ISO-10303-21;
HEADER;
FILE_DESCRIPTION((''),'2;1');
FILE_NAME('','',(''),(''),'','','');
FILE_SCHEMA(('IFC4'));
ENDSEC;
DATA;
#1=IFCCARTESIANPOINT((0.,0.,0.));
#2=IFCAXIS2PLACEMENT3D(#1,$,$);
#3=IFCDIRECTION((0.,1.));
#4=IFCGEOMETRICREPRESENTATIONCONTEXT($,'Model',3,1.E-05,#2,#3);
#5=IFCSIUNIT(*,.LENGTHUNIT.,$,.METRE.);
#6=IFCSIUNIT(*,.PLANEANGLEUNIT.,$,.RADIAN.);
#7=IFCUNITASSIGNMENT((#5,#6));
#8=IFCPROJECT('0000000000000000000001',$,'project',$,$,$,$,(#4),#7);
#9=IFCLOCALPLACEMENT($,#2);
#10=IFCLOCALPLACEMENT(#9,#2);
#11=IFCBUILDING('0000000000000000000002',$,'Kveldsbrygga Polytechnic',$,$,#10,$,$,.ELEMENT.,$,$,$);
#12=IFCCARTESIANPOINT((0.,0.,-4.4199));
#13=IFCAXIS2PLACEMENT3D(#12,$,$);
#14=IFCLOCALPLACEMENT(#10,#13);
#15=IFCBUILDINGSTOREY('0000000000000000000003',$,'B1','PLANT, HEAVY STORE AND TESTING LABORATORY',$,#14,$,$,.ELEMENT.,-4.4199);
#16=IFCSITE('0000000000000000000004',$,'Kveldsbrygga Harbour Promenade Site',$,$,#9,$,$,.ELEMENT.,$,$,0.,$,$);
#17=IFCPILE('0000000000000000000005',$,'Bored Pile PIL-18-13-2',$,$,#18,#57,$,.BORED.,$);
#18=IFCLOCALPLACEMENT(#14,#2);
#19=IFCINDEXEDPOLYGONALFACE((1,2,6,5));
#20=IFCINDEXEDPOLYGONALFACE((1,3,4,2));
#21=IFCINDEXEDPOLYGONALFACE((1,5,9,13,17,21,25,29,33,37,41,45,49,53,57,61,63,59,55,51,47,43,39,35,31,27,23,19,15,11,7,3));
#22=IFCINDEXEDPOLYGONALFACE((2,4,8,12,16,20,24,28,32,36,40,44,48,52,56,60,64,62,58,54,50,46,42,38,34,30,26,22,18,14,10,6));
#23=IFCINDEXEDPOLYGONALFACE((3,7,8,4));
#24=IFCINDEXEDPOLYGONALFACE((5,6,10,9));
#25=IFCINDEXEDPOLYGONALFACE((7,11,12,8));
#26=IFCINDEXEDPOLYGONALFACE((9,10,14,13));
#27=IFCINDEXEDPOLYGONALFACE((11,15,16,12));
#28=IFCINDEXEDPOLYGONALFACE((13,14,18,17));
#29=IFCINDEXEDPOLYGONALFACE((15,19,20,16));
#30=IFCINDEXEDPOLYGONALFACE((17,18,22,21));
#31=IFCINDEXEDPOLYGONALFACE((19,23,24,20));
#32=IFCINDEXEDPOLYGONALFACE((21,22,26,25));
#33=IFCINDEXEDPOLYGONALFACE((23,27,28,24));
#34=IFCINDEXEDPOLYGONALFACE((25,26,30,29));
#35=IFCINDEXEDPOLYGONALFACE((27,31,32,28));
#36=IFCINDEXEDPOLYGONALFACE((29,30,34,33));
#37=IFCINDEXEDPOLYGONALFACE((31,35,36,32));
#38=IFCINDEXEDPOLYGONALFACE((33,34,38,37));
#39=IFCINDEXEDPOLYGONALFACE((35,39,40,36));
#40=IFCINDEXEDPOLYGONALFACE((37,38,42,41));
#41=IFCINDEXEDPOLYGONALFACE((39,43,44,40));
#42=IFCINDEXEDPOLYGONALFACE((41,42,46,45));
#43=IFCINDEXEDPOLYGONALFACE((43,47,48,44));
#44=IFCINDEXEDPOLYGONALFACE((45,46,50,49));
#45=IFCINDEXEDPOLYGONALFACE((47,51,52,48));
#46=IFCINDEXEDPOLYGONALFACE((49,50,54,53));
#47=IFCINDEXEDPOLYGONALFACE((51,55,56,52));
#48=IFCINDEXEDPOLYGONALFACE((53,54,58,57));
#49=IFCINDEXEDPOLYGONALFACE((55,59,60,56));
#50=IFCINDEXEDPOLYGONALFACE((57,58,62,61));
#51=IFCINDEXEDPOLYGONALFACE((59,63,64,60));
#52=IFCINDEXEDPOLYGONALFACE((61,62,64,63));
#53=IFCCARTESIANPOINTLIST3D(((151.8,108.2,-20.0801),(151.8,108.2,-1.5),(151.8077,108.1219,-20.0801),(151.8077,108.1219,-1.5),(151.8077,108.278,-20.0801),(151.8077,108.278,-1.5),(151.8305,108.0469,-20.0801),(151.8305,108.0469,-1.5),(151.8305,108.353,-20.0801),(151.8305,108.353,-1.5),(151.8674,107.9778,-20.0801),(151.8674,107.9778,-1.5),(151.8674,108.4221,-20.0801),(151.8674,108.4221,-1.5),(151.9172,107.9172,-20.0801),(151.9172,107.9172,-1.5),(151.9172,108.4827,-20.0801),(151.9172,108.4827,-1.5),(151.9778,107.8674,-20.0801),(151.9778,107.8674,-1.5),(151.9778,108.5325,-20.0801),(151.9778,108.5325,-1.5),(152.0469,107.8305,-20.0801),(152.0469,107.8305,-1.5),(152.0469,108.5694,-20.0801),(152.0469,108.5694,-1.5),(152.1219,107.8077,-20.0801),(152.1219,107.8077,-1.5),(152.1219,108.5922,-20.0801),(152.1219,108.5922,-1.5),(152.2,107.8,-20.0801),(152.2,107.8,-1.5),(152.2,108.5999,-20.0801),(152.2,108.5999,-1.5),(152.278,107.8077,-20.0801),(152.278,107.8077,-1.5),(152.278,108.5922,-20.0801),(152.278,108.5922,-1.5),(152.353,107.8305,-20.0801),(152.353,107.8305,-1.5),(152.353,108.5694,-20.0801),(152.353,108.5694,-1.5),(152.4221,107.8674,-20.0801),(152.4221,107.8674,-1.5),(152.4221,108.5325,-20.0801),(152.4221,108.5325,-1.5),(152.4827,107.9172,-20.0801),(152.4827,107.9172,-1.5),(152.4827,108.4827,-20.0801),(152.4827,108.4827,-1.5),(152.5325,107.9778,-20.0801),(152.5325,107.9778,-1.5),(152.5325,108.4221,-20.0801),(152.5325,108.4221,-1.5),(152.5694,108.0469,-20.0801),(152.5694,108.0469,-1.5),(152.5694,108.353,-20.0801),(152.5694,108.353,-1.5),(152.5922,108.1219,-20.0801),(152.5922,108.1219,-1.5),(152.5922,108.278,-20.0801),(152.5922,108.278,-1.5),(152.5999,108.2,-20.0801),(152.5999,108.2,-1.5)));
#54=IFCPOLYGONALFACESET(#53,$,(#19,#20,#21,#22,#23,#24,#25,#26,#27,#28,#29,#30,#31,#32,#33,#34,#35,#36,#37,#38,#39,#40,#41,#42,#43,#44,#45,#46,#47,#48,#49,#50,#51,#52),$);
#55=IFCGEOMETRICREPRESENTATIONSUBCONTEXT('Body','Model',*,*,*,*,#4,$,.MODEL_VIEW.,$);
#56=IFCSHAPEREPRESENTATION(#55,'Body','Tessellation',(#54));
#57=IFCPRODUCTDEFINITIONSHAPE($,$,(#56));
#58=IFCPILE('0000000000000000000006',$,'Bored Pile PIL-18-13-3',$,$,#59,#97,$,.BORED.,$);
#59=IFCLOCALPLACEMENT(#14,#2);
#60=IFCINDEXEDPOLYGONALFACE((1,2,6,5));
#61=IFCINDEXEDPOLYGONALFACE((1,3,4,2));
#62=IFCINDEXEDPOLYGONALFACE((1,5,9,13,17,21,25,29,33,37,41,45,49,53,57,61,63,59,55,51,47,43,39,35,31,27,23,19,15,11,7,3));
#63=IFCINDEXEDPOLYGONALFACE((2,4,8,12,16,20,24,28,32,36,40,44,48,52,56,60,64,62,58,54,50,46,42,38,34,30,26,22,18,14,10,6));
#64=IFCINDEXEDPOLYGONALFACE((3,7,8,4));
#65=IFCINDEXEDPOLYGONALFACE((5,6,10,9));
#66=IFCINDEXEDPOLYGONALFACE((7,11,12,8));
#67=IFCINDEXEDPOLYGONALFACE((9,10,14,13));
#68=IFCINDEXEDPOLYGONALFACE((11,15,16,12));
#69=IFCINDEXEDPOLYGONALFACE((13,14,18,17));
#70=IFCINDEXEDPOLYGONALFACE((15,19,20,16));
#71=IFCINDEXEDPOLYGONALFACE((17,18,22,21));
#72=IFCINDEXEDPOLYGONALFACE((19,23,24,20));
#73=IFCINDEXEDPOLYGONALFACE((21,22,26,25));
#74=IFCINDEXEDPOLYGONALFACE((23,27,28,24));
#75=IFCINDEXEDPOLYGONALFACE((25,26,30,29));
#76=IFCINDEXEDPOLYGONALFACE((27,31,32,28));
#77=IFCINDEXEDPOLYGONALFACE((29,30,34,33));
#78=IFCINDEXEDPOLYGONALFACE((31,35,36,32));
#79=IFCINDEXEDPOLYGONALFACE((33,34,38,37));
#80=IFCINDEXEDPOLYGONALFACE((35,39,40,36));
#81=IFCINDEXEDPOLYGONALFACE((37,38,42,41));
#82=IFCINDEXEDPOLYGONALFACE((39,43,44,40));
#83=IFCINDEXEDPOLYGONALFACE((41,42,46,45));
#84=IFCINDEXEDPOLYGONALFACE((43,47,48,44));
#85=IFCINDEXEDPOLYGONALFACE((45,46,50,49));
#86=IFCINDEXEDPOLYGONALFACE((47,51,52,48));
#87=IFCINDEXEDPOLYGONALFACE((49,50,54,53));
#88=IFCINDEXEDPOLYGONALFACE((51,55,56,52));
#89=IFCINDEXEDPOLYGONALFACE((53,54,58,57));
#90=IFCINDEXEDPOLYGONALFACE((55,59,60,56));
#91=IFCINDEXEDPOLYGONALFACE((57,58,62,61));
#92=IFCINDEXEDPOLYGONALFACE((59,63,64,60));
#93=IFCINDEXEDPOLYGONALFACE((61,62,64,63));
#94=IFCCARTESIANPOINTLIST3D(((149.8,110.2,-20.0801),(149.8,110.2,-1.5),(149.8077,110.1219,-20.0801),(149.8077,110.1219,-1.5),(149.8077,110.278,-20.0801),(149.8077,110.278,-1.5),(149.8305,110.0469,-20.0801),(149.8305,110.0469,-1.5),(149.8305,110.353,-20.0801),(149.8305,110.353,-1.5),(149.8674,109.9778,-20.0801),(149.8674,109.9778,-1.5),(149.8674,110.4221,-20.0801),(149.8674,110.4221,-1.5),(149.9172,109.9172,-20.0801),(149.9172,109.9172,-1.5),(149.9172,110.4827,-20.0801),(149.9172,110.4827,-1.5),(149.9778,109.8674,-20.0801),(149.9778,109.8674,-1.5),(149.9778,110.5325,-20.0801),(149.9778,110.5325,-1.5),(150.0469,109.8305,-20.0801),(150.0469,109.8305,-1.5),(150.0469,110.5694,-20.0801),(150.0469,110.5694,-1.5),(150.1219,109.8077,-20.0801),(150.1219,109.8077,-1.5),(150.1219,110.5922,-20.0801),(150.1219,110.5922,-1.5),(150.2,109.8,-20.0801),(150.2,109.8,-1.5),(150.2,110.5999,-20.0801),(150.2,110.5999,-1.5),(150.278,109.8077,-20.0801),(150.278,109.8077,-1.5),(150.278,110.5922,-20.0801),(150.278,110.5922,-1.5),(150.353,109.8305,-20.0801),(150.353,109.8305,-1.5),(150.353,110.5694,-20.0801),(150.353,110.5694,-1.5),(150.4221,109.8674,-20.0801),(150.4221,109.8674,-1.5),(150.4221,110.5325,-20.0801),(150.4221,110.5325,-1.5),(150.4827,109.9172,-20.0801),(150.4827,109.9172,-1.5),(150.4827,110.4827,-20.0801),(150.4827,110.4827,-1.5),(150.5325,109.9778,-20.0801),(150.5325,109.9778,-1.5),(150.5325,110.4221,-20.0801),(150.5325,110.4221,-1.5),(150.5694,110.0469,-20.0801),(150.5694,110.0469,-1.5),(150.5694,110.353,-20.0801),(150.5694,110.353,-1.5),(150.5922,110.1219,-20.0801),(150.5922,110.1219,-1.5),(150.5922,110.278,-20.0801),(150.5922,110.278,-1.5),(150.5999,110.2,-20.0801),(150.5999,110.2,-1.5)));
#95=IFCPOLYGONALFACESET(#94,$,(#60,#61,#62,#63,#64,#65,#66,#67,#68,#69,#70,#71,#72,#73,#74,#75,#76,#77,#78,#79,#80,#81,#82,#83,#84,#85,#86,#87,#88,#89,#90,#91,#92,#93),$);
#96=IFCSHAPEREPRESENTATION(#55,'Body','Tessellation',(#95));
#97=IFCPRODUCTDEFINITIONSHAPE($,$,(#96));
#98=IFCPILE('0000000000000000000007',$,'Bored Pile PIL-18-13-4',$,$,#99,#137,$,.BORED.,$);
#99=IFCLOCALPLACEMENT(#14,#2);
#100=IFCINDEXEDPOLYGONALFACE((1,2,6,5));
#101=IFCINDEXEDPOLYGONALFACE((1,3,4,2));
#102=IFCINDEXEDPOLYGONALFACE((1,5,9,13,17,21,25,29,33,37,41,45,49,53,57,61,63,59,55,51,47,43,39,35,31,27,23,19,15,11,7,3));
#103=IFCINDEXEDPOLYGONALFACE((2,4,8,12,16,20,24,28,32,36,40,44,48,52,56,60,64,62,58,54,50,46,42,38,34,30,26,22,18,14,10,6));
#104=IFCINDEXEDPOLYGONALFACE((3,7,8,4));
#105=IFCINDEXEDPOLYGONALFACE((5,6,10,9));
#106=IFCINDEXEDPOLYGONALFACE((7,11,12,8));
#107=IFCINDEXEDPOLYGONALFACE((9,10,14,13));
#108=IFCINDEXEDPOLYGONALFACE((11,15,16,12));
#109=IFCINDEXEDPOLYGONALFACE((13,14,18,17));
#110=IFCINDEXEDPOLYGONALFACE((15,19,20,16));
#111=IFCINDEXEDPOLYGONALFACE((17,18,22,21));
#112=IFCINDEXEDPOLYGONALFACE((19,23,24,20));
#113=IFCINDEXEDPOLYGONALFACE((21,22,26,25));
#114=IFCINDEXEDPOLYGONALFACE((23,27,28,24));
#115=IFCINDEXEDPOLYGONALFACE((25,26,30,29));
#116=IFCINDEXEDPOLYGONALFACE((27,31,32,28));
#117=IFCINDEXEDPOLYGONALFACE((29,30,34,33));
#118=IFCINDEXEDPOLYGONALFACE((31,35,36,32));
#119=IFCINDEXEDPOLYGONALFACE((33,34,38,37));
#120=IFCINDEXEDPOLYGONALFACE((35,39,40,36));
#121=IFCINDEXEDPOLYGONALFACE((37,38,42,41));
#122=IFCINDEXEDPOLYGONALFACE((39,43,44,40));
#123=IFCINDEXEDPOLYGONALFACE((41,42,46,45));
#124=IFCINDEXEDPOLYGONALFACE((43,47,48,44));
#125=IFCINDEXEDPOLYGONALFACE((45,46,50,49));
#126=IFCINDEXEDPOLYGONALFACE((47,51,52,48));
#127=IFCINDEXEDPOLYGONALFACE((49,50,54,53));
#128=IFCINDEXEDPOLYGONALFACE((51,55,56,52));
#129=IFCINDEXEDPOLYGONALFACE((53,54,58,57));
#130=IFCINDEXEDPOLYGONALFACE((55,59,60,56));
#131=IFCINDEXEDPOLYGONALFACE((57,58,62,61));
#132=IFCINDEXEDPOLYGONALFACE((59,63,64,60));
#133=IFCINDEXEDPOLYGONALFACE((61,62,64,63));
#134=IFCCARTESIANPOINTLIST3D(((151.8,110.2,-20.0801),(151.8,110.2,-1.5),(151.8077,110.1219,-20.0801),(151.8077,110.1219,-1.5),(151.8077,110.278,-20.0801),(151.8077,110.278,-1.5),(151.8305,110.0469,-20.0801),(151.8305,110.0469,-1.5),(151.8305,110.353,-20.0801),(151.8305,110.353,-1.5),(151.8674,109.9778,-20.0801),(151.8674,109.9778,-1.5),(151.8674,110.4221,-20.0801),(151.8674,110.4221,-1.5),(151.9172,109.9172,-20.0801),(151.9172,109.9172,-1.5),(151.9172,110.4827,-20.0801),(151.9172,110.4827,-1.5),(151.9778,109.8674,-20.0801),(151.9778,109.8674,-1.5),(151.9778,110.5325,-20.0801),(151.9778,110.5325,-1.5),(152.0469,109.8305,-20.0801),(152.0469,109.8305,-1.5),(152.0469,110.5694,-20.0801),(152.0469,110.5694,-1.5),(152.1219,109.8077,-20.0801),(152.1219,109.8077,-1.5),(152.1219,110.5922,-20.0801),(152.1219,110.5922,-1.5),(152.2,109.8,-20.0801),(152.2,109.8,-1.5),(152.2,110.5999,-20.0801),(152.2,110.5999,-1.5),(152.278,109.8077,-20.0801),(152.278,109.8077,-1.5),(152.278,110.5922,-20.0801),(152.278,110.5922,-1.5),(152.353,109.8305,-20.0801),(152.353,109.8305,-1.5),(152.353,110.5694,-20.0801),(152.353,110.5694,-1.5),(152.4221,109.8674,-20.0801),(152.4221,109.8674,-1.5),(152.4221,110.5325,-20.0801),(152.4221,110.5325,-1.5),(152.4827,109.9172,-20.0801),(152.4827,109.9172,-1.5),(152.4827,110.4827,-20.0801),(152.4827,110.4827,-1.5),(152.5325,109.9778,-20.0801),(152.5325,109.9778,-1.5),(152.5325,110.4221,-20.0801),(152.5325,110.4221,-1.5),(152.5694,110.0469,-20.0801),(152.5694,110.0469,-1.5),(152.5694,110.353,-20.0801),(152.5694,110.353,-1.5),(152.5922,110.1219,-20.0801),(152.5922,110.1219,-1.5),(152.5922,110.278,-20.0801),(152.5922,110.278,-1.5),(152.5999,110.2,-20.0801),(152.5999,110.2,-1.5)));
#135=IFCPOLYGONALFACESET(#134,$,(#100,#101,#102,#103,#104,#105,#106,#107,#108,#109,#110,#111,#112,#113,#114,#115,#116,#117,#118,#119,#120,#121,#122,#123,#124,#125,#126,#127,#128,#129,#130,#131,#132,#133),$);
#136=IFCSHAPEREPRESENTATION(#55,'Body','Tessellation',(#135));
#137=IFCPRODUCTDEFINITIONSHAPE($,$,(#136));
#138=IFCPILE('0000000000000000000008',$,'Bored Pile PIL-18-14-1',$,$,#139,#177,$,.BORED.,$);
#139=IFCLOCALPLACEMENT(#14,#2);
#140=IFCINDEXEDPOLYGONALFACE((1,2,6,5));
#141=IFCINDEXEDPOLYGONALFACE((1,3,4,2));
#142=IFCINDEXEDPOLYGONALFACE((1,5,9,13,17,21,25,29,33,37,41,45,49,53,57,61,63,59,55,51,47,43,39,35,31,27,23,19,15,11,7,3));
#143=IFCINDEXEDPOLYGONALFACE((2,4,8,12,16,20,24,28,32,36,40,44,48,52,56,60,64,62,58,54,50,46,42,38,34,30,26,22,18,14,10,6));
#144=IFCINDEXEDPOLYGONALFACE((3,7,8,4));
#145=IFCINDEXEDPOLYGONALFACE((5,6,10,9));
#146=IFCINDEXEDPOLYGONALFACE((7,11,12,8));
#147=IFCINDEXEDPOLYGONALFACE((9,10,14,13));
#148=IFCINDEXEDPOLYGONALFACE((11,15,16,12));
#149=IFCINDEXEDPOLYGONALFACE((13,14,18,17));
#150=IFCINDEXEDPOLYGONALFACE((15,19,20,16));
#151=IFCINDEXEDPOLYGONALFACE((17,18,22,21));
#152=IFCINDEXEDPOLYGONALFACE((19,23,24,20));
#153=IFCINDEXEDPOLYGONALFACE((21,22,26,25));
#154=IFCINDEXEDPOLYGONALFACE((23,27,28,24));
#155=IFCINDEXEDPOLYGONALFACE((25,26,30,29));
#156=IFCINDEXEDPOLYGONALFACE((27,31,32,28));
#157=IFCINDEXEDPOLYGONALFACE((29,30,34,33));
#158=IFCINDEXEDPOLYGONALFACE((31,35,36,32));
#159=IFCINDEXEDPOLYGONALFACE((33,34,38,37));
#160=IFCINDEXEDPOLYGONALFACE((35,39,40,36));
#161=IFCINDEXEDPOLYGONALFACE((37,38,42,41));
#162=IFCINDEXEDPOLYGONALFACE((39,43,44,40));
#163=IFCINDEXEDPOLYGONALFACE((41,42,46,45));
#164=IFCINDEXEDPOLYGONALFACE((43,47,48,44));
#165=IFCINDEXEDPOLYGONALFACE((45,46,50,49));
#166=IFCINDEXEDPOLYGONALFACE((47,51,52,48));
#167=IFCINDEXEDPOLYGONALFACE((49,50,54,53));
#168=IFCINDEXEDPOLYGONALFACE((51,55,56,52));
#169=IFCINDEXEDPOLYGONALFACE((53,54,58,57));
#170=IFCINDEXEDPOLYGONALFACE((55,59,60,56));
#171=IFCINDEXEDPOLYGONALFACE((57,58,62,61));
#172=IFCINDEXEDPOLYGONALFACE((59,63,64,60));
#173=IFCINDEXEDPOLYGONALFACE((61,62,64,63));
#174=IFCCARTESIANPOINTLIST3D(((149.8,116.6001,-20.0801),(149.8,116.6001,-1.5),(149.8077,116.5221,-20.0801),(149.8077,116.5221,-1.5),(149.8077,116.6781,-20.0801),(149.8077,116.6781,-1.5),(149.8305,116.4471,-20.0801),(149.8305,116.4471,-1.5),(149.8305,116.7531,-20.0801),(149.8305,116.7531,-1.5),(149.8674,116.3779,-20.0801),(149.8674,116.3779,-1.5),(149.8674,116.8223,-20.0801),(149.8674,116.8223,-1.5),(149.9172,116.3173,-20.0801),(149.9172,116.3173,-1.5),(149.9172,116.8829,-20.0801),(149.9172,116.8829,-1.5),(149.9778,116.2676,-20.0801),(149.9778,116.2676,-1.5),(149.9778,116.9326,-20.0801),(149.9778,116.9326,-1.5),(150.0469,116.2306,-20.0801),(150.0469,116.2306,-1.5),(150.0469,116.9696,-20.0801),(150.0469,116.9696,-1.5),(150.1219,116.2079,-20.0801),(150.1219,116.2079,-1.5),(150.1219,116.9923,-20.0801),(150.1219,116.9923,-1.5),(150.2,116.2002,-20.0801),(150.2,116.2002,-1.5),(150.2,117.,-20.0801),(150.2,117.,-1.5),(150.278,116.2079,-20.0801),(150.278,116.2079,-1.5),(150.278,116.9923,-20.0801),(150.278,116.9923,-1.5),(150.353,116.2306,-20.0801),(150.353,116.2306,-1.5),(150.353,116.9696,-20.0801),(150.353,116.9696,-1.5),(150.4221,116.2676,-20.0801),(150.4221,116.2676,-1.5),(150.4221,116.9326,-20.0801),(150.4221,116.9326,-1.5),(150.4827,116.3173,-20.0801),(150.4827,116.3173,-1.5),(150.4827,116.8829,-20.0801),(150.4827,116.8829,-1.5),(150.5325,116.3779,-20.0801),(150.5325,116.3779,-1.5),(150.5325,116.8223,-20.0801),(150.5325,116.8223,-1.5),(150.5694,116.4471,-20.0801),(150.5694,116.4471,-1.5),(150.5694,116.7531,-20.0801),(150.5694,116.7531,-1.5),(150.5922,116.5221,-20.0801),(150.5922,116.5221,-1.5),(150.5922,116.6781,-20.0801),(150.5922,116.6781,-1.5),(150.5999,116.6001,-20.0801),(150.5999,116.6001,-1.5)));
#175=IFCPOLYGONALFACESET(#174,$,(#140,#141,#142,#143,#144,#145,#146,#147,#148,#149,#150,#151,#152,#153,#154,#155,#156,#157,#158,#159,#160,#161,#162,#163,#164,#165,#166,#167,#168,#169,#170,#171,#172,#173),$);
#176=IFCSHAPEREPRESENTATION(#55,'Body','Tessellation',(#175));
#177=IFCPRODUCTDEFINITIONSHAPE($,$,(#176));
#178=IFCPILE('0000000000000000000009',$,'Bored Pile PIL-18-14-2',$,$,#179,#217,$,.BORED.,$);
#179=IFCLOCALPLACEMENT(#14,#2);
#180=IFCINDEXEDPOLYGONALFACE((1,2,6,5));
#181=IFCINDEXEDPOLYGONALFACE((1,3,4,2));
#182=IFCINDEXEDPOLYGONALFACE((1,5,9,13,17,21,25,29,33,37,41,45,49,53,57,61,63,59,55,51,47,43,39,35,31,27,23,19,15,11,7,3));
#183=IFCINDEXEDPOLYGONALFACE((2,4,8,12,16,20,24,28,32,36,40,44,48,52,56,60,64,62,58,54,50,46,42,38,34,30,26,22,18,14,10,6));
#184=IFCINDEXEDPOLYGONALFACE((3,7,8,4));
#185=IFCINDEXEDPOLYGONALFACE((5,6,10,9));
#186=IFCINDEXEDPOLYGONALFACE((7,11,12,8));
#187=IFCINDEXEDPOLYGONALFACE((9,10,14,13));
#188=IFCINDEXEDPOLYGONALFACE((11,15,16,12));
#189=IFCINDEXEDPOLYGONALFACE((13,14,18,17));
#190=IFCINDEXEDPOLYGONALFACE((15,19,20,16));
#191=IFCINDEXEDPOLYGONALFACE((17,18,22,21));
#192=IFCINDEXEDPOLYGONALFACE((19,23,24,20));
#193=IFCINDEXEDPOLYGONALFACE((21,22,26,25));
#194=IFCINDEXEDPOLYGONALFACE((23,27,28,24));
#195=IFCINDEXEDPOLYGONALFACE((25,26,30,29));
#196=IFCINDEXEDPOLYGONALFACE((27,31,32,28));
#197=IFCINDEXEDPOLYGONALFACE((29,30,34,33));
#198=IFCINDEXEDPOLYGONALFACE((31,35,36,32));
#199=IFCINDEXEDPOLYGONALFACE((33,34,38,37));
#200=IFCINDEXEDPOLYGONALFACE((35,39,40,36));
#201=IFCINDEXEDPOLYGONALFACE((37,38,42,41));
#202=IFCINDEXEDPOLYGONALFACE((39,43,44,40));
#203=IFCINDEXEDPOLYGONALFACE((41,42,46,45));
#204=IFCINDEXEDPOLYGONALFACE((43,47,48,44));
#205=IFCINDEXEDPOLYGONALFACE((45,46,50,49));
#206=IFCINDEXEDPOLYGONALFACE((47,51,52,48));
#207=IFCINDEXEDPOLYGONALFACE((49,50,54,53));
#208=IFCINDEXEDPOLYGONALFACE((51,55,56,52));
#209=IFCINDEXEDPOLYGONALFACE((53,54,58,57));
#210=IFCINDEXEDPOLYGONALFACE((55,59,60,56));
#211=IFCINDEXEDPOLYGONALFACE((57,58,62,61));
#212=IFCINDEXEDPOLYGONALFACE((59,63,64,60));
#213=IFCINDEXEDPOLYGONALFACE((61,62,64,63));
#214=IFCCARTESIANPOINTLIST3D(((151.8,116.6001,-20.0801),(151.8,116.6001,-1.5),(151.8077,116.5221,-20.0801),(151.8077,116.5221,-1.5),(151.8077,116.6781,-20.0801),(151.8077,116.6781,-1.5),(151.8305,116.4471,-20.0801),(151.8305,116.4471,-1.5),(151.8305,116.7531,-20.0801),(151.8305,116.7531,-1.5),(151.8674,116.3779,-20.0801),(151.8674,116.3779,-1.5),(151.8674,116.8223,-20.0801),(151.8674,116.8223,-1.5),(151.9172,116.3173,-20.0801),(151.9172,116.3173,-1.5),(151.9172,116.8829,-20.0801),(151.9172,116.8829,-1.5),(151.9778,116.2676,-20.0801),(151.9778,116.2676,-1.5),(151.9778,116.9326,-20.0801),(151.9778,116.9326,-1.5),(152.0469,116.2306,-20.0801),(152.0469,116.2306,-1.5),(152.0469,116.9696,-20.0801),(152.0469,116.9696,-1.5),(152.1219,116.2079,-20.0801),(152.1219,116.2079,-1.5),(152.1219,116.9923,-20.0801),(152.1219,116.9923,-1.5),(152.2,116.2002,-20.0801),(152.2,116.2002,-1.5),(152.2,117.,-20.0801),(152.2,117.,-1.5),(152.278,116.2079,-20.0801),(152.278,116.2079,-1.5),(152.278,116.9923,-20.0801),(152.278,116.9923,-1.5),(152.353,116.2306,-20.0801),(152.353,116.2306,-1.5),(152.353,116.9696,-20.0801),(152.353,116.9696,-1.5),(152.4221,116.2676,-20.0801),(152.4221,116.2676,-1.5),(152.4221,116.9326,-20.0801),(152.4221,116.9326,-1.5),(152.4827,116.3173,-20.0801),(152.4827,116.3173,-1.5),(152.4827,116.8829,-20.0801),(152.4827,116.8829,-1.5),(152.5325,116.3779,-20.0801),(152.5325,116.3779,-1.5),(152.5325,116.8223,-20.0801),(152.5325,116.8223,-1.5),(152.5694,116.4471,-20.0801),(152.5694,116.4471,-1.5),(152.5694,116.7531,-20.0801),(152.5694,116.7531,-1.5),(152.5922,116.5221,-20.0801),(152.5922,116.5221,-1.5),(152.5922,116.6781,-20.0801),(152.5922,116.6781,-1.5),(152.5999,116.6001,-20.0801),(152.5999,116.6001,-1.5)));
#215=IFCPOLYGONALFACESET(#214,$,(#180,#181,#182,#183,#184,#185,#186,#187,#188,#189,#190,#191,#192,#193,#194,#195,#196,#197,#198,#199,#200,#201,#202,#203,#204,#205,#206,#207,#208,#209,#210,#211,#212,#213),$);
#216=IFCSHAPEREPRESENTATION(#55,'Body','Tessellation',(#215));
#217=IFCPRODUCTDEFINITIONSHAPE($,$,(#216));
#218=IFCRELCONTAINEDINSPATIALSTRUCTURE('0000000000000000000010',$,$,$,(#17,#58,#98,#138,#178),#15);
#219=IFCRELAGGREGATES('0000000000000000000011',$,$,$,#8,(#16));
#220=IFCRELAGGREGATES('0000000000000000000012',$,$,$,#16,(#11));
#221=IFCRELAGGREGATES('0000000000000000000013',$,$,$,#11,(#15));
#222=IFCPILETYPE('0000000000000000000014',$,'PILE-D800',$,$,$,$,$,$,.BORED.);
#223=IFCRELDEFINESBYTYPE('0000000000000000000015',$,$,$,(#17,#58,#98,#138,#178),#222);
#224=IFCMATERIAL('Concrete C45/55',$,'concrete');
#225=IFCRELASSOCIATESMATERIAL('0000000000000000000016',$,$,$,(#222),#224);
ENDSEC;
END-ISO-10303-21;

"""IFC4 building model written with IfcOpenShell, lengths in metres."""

from ifc_helpers import new_model, si_unit, direction, frame, origin, origin_2d, place, context, subcontext, project, spatial, circle, extrude, material, material_profile, profile_set, type_object, element, save


model = new_model("IFC4")

# Units and contexts
model_context = context("Model", 3, precision=1e-05, world=origin(), true_north=direction((0.0, 1.0)))
body_context = subcontext(model_context, "Body", "Model", "MODEL_VIEW")
ifc_project = project(units=[si_unit("LENGTHUNIT", "METRE"), si_unit("PLANEANGLEUNIT", "RADIAN")], contexts=[model_context])

# Site, building, storey
site_placement = place(None, origin())
site = spatial("IfcSite", under=ifc_project, at=site_placement, Name="Kveldsbrygga Harbour Promenade Site", CompositionType="ELEMENT", RefElevation=0.0)
building_placement = place(site_placement, origin())
building = spatial("IfcBuilding", under=site, at=building_placement, Name="Kveldsbrygga Polytechnic", CompositionType="ELEMENT")
storey_placement = place(building_placement, frame((0.0, 0.0, -4.4199)))
storey = spatial("IfcBuildingStorey", under=building, at=storey_placement, Name="B1", Description="PLANT, HEAVY STORE AND TESTING LABORATORY", CompositionType="ELEMENT", Elevation=-4.4199)

# Shared definitions
ifc_material_1 = material(Name="Concrete C45/55", Category="concrete")

# Piles
ifc_material_profile_1 = material_profile(ifc_material_1, circle(Radius=0.3999, at=origin_2d()), Name="PILE D800")
ifc_profile_set_1 = profile_set([ifc_material_profile_1], Name="Concrete C45/55")
pile_type = type_object("IfcPileType", Name="PILE-D800", PredefinedType="BORED", material=ifc_profile_set_1)
for number, where, z_axis, x_axis, name in (
    (1, (152.2, 108.2, -1.5), (0.0, 0.0, -1.0), (1.0, 0.0, 0.0), "Bored Pile PIL-18-13-2"),
    (2, (150.2, 110.2, -1.5), (0.0, 0.0, -1.0), (1.0, 0.0, 0.0), "Bored Pile PIL-18-13-3"),
    (3, (152.2, 110.2, -1.5), (0.0, 0.0, -1.0), (1.0, 0.0, 0.0), "Bored Pile PIL-18-13-4"),
    (4, (150.2, 116.6001, -1.5), (0.0, 0.0, -1.0), (1.0, 0.0, 0.0), "Bored Pile PIL-18-14-1"),
    (5, (152.2, 116.6001, -1.5), (0.0, 0.0, -1.0), (1.0, 0.0, 0.0), "Bored Pile PIL-18-14-2"),
):
    element("IfcPile", number, at=place(storey_placement, frame(where, z_axis=z_axis, x_axis=x_axis)), inside=storey, type_object=pile_type, Name=name, PredefinedType="BORED", context=body_context, shape_type="SweptSolid", body=[
        extrude(circle(Radius=0.3999, at=origin_2d()), origin(), (0.0, 0.0, 1.0), 18.5801),
    ])

save(model, "model.ifc")
